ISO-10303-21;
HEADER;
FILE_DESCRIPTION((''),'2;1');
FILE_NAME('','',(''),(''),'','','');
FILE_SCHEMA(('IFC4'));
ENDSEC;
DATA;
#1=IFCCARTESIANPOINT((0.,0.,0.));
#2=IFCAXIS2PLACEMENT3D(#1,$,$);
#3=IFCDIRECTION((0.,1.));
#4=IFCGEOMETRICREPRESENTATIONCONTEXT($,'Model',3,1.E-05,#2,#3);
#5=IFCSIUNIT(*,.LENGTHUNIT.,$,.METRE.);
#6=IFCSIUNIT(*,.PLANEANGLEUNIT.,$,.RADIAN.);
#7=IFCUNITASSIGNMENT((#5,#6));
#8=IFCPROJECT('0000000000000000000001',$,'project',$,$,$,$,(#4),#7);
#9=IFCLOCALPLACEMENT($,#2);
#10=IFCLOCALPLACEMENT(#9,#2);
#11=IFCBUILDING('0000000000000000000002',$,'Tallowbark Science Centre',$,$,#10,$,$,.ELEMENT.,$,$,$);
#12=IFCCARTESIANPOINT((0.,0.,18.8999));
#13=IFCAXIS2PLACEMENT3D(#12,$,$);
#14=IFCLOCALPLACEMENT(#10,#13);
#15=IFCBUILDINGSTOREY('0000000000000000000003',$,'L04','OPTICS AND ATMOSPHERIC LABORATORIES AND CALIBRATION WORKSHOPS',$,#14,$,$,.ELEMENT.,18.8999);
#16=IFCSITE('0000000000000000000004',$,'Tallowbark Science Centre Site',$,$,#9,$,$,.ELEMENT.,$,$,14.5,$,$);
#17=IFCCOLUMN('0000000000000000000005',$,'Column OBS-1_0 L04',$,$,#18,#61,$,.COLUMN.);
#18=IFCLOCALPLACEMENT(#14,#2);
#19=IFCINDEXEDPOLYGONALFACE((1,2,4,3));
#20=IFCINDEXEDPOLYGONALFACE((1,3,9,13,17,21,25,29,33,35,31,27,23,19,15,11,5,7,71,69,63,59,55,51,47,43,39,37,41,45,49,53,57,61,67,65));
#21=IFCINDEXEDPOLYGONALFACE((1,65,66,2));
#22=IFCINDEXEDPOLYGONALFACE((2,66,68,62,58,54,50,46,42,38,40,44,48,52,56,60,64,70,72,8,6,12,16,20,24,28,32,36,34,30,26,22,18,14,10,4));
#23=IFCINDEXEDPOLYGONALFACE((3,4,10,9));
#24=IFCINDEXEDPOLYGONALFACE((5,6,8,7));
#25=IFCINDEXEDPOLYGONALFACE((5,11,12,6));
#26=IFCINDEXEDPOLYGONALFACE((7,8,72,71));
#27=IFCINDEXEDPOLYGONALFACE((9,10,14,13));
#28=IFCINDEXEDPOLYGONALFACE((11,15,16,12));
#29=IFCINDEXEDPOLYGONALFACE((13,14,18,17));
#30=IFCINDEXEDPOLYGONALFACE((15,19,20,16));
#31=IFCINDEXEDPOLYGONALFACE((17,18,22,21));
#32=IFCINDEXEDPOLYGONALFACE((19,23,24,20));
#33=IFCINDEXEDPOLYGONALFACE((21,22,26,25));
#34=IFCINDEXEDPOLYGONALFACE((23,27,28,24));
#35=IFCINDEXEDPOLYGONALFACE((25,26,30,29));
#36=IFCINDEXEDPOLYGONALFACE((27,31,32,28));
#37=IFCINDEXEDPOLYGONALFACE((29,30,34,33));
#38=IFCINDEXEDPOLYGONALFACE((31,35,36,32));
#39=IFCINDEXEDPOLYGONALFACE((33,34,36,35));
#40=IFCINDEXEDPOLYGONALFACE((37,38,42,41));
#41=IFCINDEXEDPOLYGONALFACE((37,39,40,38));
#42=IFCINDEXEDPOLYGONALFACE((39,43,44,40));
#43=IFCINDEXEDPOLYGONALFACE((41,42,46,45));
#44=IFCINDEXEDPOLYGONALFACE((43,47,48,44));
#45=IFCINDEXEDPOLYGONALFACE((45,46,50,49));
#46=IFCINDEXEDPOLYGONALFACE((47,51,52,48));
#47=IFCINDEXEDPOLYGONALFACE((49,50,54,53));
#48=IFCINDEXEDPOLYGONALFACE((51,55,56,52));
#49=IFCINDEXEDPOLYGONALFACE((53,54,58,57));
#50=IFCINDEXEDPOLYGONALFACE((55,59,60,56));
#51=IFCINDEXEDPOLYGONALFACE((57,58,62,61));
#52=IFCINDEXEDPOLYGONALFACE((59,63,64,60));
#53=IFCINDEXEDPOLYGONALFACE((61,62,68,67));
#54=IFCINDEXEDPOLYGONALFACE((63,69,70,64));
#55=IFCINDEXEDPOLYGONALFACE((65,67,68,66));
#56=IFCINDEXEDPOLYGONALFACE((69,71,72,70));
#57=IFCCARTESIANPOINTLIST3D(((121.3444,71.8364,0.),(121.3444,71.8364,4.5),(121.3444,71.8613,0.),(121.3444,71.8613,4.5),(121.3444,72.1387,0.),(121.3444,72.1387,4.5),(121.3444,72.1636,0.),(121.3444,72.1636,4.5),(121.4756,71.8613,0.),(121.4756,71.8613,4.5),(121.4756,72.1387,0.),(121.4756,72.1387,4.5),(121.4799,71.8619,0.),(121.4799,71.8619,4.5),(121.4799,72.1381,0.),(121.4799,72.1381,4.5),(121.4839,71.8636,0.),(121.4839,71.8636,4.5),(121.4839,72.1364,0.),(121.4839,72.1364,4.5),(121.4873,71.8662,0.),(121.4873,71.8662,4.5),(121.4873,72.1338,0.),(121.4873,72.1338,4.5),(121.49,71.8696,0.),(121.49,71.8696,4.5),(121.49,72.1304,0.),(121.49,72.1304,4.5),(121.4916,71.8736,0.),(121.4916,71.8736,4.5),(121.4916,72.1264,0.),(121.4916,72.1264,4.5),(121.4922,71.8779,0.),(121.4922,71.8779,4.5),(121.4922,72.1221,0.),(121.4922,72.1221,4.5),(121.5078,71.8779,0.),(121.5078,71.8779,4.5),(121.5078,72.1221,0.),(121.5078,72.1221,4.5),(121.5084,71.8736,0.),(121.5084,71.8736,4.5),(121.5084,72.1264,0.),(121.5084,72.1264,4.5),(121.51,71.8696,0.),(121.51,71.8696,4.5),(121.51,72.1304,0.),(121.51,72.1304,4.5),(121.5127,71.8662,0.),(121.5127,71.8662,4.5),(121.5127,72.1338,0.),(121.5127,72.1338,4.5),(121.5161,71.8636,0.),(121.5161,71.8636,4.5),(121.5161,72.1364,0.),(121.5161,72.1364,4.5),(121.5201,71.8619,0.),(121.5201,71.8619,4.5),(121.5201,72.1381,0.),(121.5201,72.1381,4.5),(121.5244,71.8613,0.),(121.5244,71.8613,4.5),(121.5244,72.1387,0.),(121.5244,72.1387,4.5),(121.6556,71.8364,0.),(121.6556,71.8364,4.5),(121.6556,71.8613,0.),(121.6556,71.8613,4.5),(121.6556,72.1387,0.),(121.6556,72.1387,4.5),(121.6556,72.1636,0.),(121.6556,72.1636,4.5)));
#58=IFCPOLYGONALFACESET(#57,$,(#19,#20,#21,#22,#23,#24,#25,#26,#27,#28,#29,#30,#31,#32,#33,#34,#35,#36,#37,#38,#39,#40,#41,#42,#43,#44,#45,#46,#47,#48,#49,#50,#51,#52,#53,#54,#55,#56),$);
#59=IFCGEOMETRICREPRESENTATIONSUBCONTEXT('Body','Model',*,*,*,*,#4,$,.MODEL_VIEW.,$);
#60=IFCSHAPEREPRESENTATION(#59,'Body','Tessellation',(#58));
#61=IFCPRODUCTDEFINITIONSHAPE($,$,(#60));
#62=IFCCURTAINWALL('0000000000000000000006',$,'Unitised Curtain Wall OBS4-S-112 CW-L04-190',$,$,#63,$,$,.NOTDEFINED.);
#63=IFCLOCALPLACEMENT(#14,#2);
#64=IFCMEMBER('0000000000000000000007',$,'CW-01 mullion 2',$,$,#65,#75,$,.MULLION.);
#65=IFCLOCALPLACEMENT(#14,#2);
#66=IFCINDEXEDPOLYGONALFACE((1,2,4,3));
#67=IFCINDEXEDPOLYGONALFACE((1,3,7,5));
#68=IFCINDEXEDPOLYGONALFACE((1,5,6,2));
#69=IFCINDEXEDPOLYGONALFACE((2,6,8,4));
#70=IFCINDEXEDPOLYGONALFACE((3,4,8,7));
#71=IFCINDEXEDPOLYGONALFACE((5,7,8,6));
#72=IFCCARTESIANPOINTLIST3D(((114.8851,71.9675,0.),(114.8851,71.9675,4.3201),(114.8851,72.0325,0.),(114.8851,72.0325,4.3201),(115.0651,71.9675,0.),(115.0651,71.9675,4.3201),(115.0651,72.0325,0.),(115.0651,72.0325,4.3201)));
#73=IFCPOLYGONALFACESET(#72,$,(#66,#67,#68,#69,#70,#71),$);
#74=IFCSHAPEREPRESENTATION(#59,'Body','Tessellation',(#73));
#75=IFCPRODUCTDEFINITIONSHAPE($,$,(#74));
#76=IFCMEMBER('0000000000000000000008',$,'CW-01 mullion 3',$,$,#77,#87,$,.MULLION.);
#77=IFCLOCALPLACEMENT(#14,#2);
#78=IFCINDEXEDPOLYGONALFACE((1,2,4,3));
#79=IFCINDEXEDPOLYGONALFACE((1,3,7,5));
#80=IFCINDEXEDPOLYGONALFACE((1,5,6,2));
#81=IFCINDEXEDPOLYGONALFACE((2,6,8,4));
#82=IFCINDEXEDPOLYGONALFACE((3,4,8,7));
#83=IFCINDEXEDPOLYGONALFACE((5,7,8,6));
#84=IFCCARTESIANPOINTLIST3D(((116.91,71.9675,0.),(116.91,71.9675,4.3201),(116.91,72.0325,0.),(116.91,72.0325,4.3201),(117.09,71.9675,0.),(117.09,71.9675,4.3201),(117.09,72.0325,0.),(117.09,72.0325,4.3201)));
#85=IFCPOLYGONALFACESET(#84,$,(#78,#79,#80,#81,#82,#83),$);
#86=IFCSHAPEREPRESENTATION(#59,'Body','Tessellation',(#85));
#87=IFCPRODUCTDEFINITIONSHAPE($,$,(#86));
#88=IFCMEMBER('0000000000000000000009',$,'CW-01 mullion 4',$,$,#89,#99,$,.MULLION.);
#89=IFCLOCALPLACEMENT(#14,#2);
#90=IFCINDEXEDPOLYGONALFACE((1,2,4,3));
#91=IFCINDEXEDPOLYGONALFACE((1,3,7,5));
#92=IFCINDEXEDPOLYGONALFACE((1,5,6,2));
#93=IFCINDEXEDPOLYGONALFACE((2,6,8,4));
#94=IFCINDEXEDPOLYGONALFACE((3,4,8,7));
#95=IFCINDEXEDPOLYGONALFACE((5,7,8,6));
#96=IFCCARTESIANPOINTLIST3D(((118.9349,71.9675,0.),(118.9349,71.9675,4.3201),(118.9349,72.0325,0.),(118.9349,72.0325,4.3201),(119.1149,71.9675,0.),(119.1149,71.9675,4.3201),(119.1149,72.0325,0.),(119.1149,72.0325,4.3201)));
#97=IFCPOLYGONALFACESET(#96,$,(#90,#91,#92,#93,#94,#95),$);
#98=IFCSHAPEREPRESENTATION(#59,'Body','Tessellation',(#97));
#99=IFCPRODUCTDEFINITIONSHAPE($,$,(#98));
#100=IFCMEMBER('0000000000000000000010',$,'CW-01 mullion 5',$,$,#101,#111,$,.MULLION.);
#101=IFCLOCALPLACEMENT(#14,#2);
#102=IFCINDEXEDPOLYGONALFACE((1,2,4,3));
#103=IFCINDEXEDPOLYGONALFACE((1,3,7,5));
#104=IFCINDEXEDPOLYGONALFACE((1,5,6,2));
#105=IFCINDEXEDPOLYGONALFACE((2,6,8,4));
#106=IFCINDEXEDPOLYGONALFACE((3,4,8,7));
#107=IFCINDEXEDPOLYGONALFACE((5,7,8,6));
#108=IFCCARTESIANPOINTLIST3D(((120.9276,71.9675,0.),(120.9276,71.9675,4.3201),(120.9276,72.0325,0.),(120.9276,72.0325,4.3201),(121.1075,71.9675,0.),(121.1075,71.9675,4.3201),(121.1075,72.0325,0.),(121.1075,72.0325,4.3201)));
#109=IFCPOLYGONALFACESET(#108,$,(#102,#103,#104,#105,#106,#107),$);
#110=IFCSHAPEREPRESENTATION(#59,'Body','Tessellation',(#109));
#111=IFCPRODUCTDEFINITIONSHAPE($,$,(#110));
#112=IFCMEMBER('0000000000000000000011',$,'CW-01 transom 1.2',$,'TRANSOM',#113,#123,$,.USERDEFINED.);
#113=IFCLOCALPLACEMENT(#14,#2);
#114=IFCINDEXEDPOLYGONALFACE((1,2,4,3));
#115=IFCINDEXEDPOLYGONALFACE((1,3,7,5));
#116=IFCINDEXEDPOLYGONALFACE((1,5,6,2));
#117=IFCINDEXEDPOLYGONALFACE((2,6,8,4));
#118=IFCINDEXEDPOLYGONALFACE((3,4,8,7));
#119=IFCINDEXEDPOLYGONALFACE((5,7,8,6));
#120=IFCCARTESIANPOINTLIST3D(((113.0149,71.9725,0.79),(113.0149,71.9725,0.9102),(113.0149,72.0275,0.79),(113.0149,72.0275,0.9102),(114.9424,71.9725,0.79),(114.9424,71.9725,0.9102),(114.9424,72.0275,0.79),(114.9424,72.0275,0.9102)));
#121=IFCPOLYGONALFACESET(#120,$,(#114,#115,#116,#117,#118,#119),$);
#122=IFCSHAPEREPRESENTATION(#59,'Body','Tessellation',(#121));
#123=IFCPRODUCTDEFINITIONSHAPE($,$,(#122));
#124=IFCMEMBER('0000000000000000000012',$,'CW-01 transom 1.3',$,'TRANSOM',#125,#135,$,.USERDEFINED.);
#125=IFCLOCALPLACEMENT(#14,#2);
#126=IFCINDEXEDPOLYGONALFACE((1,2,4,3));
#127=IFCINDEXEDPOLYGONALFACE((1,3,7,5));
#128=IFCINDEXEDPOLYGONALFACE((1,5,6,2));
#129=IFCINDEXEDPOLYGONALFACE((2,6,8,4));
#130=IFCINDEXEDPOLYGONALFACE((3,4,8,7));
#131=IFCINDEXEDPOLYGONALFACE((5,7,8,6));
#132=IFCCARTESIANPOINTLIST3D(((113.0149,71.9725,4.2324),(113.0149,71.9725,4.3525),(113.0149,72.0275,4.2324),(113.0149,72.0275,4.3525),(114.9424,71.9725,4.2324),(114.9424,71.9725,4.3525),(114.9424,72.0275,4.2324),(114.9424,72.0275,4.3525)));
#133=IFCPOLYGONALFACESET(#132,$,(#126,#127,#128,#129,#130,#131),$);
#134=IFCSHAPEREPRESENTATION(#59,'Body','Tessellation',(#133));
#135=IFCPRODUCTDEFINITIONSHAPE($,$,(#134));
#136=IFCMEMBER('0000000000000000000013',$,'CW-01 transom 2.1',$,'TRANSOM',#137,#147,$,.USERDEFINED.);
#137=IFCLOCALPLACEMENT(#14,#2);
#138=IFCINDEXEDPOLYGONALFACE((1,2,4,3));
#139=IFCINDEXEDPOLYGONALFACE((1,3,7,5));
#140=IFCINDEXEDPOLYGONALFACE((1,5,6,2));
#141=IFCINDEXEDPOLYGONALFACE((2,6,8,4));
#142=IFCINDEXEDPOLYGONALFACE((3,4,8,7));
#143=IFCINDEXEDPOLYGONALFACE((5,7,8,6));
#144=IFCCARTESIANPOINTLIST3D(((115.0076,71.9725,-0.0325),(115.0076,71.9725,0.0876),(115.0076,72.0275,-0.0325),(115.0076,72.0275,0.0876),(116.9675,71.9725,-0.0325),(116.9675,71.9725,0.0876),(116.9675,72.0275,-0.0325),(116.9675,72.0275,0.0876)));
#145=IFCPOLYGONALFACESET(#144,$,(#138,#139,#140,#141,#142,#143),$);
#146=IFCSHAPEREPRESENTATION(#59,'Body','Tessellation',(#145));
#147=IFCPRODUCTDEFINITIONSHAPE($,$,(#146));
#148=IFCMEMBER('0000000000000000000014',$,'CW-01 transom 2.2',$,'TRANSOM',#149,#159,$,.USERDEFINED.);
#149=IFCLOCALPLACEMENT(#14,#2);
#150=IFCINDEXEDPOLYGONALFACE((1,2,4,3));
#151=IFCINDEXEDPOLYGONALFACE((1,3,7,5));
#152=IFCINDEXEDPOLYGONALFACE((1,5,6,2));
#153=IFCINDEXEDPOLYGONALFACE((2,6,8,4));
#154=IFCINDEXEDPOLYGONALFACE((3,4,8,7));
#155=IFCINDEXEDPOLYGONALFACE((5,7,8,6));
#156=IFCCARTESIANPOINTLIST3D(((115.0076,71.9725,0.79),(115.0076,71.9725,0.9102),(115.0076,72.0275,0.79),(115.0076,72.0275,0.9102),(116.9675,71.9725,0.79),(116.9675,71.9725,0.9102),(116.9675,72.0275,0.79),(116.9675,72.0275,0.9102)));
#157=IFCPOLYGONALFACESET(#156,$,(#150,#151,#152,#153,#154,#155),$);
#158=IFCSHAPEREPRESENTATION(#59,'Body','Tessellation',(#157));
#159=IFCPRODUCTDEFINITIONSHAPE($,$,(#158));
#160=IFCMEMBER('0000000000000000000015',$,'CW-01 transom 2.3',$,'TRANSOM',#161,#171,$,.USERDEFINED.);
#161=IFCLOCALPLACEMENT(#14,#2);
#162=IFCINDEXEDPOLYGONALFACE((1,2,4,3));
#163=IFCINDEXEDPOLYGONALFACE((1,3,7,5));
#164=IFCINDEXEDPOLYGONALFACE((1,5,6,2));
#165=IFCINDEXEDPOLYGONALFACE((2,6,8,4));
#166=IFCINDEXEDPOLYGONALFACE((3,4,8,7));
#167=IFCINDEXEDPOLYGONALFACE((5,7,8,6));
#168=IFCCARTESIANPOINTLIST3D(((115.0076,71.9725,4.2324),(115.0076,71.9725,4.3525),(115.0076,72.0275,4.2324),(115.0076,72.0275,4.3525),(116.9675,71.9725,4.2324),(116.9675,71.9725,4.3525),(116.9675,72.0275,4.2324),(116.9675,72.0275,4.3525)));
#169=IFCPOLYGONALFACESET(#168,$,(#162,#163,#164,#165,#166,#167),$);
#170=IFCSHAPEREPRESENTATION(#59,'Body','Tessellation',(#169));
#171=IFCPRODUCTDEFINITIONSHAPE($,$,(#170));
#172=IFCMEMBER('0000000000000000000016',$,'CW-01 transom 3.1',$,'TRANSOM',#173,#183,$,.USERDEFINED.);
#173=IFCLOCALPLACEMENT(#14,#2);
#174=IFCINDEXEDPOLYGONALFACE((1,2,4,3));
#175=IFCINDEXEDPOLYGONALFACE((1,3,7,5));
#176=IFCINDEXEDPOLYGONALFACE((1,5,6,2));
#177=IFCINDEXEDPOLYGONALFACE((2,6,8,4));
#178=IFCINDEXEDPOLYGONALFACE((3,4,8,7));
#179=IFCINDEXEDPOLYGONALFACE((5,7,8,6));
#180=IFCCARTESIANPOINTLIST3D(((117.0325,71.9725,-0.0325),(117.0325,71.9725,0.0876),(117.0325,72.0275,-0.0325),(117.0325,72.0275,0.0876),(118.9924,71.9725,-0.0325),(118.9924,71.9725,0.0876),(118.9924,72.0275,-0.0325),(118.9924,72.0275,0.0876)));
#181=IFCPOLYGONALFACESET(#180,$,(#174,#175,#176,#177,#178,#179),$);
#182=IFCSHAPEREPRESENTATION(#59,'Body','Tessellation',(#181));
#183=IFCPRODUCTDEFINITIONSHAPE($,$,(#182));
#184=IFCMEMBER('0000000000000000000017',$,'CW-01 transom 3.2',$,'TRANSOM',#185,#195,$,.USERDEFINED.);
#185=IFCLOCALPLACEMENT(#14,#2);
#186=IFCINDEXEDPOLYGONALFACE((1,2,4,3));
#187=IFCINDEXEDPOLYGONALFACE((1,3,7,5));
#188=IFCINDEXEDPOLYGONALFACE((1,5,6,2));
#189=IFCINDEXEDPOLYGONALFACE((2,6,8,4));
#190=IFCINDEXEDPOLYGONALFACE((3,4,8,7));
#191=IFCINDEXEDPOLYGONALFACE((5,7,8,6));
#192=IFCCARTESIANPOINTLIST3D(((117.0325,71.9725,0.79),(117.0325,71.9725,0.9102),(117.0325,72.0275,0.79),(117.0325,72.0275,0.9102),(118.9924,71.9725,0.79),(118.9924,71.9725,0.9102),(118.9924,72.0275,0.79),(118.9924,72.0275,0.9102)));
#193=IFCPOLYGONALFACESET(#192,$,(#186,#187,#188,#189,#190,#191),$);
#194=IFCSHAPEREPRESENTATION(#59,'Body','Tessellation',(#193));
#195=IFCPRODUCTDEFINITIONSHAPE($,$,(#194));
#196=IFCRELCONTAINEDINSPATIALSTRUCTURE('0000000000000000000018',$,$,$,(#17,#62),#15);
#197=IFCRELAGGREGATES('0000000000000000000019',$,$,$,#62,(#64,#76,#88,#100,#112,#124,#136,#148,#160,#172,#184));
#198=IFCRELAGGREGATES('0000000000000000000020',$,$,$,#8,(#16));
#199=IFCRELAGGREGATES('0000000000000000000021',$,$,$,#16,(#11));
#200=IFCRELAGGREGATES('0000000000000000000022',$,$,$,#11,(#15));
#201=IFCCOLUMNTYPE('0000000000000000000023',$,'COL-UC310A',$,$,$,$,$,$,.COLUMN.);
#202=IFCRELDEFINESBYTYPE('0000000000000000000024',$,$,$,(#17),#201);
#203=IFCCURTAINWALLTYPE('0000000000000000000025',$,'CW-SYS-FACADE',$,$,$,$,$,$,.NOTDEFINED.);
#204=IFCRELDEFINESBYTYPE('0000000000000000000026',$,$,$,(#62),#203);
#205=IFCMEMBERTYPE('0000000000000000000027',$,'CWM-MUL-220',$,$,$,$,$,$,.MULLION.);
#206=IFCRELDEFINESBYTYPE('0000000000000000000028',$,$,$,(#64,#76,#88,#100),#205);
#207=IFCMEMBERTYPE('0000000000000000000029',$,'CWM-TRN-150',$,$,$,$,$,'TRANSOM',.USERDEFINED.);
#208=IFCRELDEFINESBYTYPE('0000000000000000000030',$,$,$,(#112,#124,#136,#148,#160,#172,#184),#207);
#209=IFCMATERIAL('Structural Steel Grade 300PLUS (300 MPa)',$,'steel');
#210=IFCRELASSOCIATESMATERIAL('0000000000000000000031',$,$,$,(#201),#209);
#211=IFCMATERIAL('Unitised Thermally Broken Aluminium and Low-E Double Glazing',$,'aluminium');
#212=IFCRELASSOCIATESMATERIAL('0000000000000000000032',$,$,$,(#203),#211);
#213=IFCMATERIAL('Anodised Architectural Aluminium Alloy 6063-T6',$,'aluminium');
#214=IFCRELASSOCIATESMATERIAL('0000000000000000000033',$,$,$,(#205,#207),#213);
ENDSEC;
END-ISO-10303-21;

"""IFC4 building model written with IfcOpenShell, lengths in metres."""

from ifc_helpers import new_model, si_unit, direction, frame, origin, origin_2d, place, context, subcontext, project, spatial, rectangle, i_section, extrude, material, material_profile, profile_set, type_object, element, aggregate, save


model = new_model("IFC4")

# Units and contexts
model_context = context("Model", 3, precision=1e-05, world=origin(), true_north=direction((0.0, 1.0)))
body_context = subcontext(model_context, "Body", "Model", "MODEL_VIEW")
ifc_project = project(units=[si_unit("LENGTHUNIT", "METRE"), si_unit("PLANEANGLEUNIT", "RADIAN")], contexts=[model_context])

# Site, building, storey
site_placement = place(None, origin())
site = spatial("IfcSite", under=ifc_project, at=site_placement, Name="Tallowbark Science Centre Site", CompositionType="ELEMENT", RefElevation=14.5)
building_placement = place(site_placement, origin())
building = spatial("IfcBuilding", under=site, at=building_placement, Name="Tallowbark Science Centre", CompositionType="ELEMENT")
storey_placement = place(building_placement, frame((0.0, 0.0, 18.8999)))
storey = spatial("IfcBuildingStorey", under=building, at=storey_placement, Name="L04", Description="OPTICS AND ATMOSPHERIC LABORATORIES AND CALIBRATION WORKSHOPS", CompositionType="ELEMENT", Elevation=18.8999)

# Column
ifc_material_1 = material(Name="Structural Steel Grade 300PLUS (300 MPa)", Category="steel")
ifc_material_profile_1 = material_profile(ifc_material_1, i_section(OverallWidth=0.3113, OverallDepth=0.3271, WebThickness=0.0156, FlangeThickness=0.0249, FilletRadius=0.0166, at=origin_2d()), Name="310UC158")
ifc_profile_set_1 = profile_set([ifc_material_profile_1], Name="Structural Steel Grade 300PLUS (300 MPa)")
column_type = type_object("IfcColumnType", Name="COL-UC310A", PredefinedType="COLUMN", material=ifc_profile_set_1)
column_placement = place(storey_placement, frame((121.5, 72.0, 0.0), z_axis=(0.0, 0.0, 1.0), x_axis=(1.0, 0.0, 0.0)))
element("IfcColumn", 1, at=column_placement, inside=storey, type_object=column_type, Name="Column OBS-1_0 L04", PredefinedType="COLUMN", context=body_context, shape_type="SweptSolid", body=[
    extrude(i_section(OverallWidth=0.3113, OverallDepth=0.3271, WebThickness=0.0156, FlangeThickness=0.0249, FilletRadius=0.0166, at=origin_2d()), origin(), (0.0, 0.0, 1.0), 4.5),
])

# Curtain wall, members
ifc_material_2 = material(Name="Unitised Thermally Broken Aluminium and Low-E Double Glazing", Category="aluminium")
curtain_wall_type = type_object("IfcCurtainWallType", Name="CW-SYS-FACADE", PredefinedType="NOTDEFINED", material=ifc_material_2)
curtain_wall_placement = place(storey_placement, origin())
curtain_wall = element("IfcCurtainWall", 2, at=curtain_wall_placement, inside=storey, type_object=curtain_wall_type, Name="Unitised Curtain Wall OBS4-S-112 CW-L04-190", PredefinedType="NOTDEFINED")
ifc_material_3 = material(Name="Anodised Architectural Aluminium Alloy 6063-T6", Category="aluminium")
ifc_material_profile_2 = material_profile(ifc_material_3, rectangle(XDim=0.0649, YDim=0.1799, at=origin_2d()), Name="ALU65x180")
ifc_profile_set_2 = profile_set([ifc_material_profile_2], Name="Anodised Architectural Aluminium Alloy 6063-T6")
member_type_1 = type_object("IfcMemberType", Name="CWM-MUL-220", PredefinedType="MULLION", material=ifc_profile_set_2)
member_1_placement = place(storey_placement, frame((114.9751, 72.0, 0.0), z_axis=(0.0, 0.0, 1.0), x_axis=(0.0, 1.0, 0.0)))
member_1 = element("IfcMember", 3, at=member_1_placement, type_object=member_type_1, Name="CW-01 mullion 2", PredefinedType="MULLION", context=body_context, shape_type="SweptSolid", body=[
    extrude(rectangle(XDim=0.0649, YDim=0.1799, at=origin_2d()), origin(), (0.0, 0.0, 1.0), 4.3201),
])
member_2_placement = place(storey_placement, frame((117.0, 72.0, 0.0), z_axis=(0.0, 0.0, 1.0), x_axis=(0.0, 1.0, 0.0)))
member_2 = element("IfcMember", 4, at=member_2_placement, type_object=member_type_1, Name="CW-01 mullion 3", PredefinedType="MULLION", context=body_context, shape_type="SweptSolid", body=[
    extrude(rectangle(XDim=0.0649, YDim=0.1799, at=origin_2d()), origin(), (0.0, 0.0, 1.0), 4.3201),
])
member_3_placement = place(storey_placement, frame((119.0249, 72.0, 0.0), z_axis=(0.0, 0.0, 1.0), x_axis=(0.0, 1.0, 0.0)))
member_3 = element("IfcMember", 5, at=member_3_placement, type_object=member_type_1, Name="CW-01 mullion 4", PredefinedType="MULLION", context=body_context, shape_type="SweptSolid", body=[
    extrude(rectangle(XDim=0.0649, YDim=0.1799, at=origin_2d()), origin(), (0.0, 0.0, 1.0), 4.3201),
])
member_4_placement = place(storey_placement, frame((121.0176, 72.0, 0.0), z_axis=(0.0, 0.0, 1.0), x_axis=(0.0, 1.0, 0.0)))
member_4 = element("IfcMember", 6, at=member_4_placement, type_object=member_type_1, Name="CW-01 mullion 5", PredefinedType="MULLION", context=body_context, shape_type="SweptSolid", body=[
    extrude(rectangle(XDim=0.0649, YDim=0.1799, at=origin_2d()), origin(), (0.0, 0.0, 1.0), 4.3201),
])
ifc_material_profile_3 = material_profile(ifc_material_3, rectangle(XDim=0.0549, YDim=0.1201, at=origin_2d()), Name="ALU55x120")
ifc_profile_set_3 = profile_set([ifc_material_profile_3], Name="Anodised Architectural Aluminium Alloy 6063-T6")
member_type_2 = type_object("IfcMemberType", Name="CWM-TRN-150", ElementType="TRANSOM", PredefinedType="USERDEFINED", material=ifc_profile_set_3)
member_5_placement = place(storey_placement, frame((113.0149, 72.0, 0.8501), z_axis=(1.0, 0.0, 0.0), x_axis=(0.0, 1.0, 0.0)))
member_5 = element("IfcMember", 7, at=member_5_placement, type_object=member_type_2, Name="CW-01 transom 1.2", ObjectType="TRANSOM", PredefinedType="USERDEFINED", context=body_context, shape_type="SweptSolid", body=[
    extrude(rectangle(XDim=0.0549, YDim=0.1201, at=origin_2d()), origin(), (0.0, 0.0, 1.0), 1.9275),
])
member_6_placement = place(storey_placement, frame((113.0149, 72.0, 4.2925), z_axis=(1.0, 0.0, 0.0), x_axis=(0.0, 1.0, 0.0)))
member_6 = element("IfcMember", 8, at=member_6_placement, type_object=member_type_2, Name="CW-01 transom 1.3", ObjectType="TRANSOM", PredefinedType="USERDEFINED", context=body_context, shape_type="SweptSolid", body=[
    extrude(rectangle(XDim=0.0549, YDim=0.1201, at=origin_2d()), origin(), (0.0, 0.0, 1.0), 1.9275),
])
member_7_placement = place(storey_placement, frame((115.0076, 72.0, 0.0276), z_axis=(1.0, 0.0, 0.0), x_axis=(0.0, 1.0, 0.0)))
member_7 = element("IfcMember", 9, at=member_7_placement, type_object=member_type_2, Name="CW-01 transom 2.1", ObjectType="TRANSOM", PredefinedType="USERDEFINED", context=body_context, shape_type="SweptSolid", body=[
    extrude(rectangle(XDim=0.0549, YDim=0.1201, at=origin_2d()), origin(), (0.0, 0.0, 1.0), 1.96),
])
member_8_placement = place(storey_placement, frame((115.0076, 72.0, 0.8501), z_axis=(1.0, 0.0, 0.0), x_axis=(0.0, 1.0, 0.0)))
member_8 = element("IfcMember", 10, at=member_8_placement, type_object=member_type_2, Name="CW-01 transom 2.2", ObjectType="TRANSOM", PredefinedType="USERDEFINED", context=body_context, shape_type="SweptSolid", body=[
    extrude(rectangle(XDim=0.0549, YDim=0.1201, at=origin_2d()), origin(), (0.0, 0.0, 1.0), 1.96),
])
member_9_placement = place(storey_placement, frame((115.0076, 72.0, 4.2925), z_axis=(1.0, 0.0, 0.0), x_axis=(0.0, 1.0, 0.0)))
member_9 = element("IfcMember", 11, at=member_9_placement, type_object=member_type_2, Name="CW-01 transom 2.3", ObjectType="TRANSOM", PredefinedType="USERDEFINED", context=body_context, shape_type="SweptSolid", body=[
    extrude(rectangle(XDim=0.0549, YDim=0.1201, at=origin_2d()), origin(), (0.0, 0.0, 1.0), 1.96),
])
member_10_placement = place(storey_placement, frame((117.0325, 72.0, 0.0276), z_axis=(1.0, 0.0, 0.0), x_axis=(0.0, 1.0, 0.0)))
member_10 = element("IfcMember", 12, at=member_10_placement, type_object=member_type_2, Name="CW-01 transom 3.1", ObjectType="TRANSOM", PredefinedType="USERDEFINED", context=body_context, shape_type="SweptSolid", body=[
    extrude(rectangle(XDim=0.0549, YDim=0.1201, at=origin_2d()), origin(), (0.0, 0.0, 1.0), 1.96),
])
member_11_placement = place(storey_placement, frame((117.0325, 72.0, 0.8501), z_axis=(1.0, 0.0, 0.0), x_axis=(0.0, 1.0, 0.0)))
member_11 = element("IfcMember", 13, at=member_11_placement, type_object=member_type_2, Name="CW-01 transom 3.2", ObjectType="TRANSOM", PredefinedType="USERDEFINED", context=body_context, shape_type="SweptSolid", body=[
    extrude(rectangle(XDim=0.0549, YDim=0.1201, at=origin_2d()), origin(), (0.0, 0.0, 1.0), 1.96),
])
aggregate(curtain_wall, [member_1, member_2, member_3, member_4, member_5, member_6, member_7, member_8, member_9, member_10, member_11])

save(model, "model.ifc")
